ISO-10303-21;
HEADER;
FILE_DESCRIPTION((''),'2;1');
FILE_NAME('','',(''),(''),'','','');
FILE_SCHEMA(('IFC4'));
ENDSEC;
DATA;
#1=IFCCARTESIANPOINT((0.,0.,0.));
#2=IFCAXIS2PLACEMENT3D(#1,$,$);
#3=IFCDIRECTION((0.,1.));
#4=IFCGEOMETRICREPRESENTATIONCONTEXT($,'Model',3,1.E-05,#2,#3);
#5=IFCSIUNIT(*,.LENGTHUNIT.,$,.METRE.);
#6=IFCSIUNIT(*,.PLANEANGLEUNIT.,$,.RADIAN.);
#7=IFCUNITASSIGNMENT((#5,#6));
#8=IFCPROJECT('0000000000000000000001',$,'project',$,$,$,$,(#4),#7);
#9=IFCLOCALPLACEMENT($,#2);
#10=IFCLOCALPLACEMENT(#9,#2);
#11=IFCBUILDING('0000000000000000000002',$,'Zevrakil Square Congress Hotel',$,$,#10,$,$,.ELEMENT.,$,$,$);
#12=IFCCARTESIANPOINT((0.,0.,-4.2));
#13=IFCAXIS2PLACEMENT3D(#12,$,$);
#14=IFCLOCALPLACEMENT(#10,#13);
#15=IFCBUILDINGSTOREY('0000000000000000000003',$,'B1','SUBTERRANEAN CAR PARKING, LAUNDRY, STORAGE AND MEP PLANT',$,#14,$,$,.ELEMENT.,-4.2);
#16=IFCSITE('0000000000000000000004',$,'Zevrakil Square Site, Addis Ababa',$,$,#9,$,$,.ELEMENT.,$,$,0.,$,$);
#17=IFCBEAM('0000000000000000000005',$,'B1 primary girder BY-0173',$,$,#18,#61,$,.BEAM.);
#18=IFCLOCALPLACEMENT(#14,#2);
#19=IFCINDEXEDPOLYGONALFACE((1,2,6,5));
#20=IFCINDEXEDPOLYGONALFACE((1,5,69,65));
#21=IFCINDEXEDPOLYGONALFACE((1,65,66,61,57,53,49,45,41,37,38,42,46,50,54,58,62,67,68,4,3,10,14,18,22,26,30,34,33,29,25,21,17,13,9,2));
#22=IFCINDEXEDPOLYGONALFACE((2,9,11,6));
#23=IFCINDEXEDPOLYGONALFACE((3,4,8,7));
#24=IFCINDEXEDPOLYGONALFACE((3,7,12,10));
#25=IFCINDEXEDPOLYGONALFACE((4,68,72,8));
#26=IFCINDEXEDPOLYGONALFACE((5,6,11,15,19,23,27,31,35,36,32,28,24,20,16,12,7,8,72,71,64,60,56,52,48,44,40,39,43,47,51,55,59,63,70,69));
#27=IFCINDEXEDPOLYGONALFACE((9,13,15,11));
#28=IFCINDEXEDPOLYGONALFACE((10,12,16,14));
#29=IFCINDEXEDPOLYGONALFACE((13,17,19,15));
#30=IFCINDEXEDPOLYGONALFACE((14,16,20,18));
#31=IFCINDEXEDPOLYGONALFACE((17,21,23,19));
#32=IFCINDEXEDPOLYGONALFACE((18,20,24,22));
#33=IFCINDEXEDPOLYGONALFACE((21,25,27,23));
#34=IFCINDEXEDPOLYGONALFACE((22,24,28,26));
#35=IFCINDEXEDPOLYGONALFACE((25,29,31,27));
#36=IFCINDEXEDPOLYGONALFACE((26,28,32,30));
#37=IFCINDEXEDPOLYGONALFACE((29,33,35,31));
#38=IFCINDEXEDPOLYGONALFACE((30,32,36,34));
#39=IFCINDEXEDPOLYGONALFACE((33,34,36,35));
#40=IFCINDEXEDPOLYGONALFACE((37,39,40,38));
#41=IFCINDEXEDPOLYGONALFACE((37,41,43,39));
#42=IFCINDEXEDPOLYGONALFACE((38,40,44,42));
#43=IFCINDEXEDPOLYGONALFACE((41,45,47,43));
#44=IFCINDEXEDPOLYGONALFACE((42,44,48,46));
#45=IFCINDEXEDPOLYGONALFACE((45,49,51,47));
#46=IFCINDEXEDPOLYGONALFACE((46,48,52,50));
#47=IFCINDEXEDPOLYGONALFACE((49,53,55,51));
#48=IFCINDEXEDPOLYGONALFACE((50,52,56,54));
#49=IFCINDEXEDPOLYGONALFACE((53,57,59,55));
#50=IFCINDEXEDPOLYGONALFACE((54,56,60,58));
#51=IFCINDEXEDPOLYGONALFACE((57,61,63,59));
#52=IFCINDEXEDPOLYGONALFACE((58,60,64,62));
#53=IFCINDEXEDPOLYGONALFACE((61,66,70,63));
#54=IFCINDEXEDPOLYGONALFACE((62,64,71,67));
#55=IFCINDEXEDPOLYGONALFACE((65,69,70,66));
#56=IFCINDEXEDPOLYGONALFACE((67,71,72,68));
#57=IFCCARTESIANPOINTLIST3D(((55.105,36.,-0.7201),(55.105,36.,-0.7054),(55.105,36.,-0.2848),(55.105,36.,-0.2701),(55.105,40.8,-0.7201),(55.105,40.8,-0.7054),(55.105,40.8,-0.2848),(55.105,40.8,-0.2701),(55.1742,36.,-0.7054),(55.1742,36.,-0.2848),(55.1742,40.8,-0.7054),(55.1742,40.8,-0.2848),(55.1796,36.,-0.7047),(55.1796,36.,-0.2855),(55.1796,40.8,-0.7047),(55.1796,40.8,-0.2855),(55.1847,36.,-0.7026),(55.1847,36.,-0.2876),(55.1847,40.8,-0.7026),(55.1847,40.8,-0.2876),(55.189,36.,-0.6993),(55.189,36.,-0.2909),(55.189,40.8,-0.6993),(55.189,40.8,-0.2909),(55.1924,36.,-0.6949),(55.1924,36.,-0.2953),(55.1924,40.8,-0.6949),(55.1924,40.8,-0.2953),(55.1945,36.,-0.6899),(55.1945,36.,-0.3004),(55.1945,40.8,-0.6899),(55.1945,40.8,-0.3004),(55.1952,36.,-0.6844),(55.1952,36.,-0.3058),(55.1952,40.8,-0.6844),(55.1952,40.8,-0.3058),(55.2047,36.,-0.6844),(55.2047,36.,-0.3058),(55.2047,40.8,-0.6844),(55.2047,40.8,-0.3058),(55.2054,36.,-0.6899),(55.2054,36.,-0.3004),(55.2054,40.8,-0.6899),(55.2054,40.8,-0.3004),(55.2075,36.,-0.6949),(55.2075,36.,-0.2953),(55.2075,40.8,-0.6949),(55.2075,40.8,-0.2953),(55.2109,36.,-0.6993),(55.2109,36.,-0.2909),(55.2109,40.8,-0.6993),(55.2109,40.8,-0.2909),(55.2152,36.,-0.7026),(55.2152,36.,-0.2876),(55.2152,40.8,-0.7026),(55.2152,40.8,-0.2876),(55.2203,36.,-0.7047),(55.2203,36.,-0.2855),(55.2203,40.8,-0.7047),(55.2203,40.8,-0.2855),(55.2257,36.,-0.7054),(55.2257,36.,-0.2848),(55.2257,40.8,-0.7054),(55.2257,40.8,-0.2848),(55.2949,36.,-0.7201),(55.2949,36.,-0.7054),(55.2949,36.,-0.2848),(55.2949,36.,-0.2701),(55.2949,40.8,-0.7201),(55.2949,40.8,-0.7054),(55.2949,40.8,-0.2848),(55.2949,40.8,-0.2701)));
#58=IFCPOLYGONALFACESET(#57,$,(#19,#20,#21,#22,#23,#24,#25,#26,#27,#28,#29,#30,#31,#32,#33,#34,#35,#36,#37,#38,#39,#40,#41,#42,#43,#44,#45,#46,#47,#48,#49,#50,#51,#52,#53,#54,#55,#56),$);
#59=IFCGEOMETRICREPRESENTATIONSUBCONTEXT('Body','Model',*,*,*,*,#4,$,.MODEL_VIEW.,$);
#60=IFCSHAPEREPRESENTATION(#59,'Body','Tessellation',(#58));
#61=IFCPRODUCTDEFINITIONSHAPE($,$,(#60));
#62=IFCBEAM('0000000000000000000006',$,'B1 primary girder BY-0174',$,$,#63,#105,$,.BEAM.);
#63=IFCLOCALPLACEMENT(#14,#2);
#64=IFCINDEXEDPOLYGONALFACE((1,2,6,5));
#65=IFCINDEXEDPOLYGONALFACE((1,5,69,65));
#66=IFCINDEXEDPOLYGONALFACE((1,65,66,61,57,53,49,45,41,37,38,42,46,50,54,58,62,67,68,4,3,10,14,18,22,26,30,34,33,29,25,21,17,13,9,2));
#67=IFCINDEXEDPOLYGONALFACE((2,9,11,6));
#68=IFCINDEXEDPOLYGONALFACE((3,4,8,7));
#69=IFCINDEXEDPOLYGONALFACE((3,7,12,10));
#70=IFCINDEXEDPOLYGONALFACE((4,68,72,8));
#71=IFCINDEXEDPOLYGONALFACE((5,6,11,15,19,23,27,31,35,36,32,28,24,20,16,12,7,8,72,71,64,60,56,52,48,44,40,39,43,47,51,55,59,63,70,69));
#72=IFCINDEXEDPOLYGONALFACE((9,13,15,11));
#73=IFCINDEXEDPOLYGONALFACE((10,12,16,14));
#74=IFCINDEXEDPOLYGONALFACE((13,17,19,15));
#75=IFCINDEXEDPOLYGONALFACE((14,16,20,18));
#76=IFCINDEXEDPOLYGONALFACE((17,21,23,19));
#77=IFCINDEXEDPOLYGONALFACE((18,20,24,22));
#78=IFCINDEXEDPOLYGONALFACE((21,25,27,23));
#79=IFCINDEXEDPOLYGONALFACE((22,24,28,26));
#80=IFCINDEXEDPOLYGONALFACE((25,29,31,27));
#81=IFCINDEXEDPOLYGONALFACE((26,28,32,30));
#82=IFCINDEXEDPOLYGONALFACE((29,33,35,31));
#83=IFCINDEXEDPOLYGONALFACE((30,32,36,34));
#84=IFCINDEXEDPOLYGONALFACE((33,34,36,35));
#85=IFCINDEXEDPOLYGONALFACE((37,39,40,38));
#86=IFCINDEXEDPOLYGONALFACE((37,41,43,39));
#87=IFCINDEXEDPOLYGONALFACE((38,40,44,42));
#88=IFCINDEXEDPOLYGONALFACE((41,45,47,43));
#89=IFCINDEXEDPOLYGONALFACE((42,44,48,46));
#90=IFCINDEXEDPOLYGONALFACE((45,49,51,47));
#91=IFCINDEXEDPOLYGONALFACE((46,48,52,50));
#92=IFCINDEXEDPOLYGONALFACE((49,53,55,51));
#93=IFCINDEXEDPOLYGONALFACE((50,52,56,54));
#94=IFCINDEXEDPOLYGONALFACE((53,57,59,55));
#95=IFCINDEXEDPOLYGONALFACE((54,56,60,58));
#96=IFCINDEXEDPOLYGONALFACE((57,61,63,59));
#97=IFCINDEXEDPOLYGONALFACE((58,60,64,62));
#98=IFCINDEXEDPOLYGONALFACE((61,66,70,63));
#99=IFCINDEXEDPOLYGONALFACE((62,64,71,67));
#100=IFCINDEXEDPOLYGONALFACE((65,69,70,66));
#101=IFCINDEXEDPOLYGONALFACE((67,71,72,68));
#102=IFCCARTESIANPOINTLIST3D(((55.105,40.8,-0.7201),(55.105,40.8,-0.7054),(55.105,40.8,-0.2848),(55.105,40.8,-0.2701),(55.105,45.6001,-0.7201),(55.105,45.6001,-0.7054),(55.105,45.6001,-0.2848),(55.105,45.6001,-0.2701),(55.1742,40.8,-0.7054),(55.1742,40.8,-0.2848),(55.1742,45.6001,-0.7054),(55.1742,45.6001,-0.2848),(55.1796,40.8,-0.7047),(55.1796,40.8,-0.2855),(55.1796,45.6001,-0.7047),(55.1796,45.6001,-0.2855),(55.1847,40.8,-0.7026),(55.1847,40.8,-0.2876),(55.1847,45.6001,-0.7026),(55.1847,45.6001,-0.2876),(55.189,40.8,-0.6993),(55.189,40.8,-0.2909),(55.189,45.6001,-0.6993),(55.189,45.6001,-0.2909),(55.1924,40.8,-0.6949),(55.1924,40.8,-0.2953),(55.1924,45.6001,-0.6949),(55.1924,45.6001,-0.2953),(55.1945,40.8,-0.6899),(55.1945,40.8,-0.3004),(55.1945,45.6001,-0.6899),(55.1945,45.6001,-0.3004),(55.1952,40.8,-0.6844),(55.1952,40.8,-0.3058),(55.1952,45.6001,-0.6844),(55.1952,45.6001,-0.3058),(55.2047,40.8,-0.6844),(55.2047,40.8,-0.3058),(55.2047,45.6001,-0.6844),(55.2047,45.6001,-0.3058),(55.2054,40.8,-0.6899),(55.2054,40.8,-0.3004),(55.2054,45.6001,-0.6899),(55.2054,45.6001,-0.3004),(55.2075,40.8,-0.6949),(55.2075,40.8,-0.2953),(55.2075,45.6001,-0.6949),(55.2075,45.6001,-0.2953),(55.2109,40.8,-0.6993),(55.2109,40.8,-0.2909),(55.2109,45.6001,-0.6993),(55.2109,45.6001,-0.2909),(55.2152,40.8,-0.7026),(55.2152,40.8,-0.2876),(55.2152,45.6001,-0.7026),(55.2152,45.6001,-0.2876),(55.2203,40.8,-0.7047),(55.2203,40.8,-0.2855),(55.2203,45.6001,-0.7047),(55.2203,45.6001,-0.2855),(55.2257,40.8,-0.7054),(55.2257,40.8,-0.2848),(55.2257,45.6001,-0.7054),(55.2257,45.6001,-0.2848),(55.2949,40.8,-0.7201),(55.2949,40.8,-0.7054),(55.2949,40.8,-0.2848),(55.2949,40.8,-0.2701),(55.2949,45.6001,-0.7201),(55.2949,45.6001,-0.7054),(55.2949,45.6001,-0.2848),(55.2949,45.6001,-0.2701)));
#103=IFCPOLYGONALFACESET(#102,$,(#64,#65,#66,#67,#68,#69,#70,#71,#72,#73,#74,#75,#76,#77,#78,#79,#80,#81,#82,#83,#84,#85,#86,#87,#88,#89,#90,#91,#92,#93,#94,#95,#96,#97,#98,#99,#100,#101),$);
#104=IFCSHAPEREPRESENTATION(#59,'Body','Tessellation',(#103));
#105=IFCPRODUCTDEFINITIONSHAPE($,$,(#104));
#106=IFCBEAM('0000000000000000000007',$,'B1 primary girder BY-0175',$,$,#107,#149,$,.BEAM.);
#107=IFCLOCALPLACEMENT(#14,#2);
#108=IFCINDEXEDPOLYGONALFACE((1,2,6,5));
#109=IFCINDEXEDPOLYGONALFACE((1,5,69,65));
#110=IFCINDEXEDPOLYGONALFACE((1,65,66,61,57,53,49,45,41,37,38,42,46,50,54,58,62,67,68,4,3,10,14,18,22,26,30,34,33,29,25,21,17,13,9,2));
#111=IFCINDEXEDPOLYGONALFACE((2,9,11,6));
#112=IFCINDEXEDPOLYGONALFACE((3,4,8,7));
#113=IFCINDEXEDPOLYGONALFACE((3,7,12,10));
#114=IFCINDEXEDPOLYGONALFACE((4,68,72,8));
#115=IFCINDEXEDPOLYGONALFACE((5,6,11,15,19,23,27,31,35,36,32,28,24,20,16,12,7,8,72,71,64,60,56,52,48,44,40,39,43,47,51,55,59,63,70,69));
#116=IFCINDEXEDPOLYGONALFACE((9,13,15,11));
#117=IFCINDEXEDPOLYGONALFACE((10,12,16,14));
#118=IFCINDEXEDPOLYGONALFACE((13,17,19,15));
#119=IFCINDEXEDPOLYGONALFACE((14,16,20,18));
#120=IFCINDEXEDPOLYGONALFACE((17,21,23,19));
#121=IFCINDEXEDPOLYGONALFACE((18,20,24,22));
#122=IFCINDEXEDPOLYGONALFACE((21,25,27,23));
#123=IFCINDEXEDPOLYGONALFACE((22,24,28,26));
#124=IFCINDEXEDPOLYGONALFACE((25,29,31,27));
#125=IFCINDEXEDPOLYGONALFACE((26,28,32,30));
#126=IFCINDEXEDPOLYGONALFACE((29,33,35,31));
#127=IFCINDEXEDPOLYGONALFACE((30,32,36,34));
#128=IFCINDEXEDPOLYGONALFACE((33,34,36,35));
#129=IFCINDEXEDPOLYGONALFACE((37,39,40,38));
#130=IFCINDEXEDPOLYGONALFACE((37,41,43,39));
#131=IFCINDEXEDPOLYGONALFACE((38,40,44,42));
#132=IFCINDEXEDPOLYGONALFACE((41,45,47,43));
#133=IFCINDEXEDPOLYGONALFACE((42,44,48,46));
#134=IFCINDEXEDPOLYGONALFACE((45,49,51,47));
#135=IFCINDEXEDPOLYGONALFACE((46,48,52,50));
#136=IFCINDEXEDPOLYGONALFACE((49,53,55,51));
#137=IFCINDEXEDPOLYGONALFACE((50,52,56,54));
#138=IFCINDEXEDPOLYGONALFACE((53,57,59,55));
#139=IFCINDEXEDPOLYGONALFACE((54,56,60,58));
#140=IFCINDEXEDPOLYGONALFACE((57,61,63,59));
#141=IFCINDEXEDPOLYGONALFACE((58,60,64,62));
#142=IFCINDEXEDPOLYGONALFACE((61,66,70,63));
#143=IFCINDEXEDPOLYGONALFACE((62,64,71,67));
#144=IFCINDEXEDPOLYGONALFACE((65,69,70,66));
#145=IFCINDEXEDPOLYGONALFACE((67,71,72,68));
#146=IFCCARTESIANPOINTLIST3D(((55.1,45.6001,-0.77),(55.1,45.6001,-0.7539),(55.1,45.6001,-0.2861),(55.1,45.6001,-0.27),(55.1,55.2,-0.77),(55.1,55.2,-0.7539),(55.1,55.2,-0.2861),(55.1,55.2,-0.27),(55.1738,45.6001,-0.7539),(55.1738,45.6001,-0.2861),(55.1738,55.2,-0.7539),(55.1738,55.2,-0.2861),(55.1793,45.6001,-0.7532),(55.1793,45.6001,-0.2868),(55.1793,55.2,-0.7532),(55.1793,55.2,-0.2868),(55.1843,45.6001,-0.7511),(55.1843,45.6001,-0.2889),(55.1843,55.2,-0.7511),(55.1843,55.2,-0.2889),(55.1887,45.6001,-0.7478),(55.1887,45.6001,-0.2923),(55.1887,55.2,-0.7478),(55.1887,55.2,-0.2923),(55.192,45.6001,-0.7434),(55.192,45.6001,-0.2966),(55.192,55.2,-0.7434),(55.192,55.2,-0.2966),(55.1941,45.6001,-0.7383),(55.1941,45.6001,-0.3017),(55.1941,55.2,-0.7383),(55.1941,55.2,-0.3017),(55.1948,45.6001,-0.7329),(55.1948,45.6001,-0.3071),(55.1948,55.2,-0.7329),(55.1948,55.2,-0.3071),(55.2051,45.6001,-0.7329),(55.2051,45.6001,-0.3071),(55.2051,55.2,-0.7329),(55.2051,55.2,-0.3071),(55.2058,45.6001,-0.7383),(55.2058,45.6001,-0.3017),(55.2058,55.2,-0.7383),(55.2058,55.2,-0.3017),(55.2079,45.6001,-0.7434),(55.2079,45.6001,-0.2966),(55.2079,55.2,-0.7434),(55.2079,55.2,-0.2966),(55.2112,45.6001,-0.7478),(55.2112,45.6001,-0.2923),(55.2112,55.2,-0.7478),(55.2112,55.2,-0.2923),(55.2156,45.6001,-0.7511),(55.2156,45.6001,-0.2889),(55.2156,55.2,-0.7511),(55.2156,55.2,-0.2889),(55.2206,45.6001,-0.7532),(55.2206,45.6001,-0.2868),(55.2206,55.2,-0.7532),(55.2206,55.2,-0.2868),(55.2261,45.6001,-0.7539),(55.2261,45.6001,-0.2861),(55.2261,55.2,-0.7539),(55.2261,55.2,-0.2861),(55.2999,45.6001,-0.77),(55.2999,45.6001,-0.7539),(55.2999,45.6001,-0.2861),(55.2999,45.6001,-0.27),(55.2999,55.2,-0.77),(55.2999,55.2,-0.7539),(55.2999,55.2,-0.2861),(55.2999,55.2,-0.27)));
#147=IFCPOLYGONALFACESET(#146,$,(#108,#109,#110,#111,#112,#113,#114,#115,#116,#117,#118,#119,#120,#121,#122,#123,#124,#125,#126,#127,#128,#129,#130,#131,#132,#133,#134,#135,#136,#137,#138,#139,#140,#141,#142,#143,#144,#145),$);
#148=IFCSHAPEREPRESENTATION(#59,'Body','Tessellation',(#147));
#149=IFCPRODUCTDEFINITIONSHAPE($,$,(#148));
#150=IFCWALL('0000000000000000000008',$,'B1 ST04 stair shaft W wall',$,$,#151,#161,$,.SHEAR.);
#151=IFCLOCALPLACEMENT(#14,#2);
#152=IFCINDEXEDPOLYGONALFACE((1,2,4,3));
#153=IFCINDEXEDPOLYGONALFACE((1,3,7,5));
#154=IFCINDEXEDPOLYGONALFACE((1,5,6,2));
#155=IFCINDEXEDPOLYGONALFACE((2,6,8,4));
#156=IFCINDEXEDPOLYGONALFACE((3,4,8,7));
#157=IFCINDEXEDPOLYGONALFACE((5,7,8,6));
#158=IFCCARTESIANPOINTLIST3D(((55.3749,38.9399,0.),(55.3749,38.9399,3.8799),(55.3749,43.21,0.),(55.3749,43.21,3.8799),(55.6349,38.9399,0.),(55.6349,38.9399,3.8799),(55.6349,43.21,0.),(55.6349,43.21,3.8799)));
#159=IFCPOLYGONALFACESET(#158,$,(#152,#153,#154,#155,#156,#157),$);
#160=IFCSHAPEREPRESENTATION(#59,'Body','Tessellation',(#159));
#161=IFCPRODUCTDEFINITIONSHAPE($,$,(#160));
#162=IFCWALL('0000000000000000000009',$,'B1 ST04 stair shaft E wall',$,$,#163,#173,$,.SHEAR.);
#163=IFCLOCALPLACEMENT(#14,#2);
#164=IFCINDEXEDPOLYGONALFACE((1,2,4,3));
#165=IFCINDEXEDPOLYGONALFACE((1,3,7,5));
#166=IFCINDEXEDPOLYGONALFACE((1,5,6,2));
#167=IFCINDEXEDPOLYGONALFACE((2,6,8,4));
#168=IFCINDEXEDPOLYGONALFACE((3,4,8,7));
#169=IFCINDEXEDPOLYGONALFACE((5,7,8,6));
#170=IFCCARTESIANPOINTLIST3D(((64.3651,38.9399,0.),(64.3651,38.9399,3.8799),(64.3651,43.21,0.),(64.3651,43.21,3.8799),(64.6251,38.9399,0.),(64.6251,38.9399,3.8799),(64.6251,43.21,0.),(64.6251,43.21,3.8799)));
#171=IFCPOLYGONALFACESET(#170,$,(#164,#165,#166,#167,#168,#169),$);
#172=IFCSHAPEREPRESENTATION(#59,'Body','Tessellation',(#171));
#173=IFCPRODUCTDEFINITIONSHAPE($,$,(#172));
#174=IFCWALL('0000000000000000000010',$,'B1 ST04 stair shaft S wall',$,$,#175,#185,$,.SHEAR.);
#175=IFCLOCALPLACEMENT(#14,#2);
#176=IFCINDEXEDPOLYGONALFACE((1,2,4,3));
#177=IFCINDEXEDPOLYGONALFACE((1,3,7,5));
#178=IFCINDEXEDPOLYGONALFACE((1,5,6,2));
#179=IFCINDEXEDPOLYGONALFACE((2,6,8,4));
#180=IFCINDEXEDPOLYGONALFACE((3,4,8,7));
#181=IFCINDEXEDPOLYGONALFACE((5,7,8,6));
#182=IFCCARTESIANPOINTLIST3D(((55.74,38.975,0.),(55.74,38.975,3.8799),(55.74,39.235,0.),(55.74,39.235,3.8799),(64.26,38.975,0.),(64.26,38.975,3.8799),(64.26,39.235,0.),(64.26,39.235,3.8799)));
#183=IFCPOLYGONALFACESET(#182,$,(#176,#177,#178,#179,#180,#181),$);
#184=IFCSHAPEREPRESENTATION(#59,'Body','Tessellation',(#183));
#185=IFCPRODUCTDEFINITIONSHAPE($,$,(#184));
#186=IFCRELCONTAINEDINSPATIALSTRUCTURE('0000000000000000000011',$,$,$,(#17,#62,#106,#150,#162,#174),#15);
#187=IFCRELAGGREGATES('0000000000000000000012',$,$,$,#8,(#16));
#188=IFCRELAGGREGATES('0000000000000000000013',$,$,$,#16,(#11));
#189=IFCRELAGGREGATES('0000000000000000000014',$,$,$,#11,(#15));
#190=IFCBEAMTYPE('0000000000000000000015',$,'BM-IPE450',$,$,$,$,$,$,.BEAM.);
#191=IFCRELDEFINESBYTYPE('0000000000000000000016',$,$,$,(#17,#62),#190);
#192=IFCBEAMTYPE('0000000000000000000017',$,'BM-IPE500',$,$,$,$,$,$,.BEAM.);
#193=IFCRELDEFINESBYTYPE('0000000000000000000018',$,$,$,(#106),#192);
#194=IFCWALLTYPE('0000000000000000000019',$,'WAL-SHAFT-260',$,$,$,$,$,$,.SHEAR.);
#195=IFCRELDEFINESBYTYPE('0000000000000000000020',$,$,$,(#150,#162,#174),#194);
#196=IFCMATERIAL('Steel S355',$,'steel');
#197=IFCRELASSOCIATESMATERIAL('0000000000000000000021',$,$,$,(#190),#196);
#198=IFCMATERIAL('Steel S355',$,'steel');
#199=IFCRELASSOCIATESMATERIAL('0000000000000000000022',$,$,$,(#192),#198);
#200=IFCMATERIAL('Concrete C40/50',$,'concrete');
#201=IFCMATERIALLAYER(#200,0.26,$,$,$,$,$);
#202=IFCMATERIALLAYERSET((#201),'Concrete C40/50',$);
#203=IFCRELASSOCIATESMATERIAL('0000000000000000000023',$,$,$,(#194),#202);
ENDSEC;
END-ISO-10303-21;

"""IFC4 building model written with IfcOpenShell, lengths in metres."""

from ifc_helpers import new_model, si_unit, direction, frame, frame_2d, origin, origin_2d, place, context, subcontext, project, spatial, rectangle, i_section, extrude, material, layer, layer_set, material_profile, profile_set, type_object, element, save


model = new_model("IFC4")

# Units and contexts
model_context = context("Model", 3, precision=1e-05, world=origin(), true_north=direction((0.0, 1.0)))
body_context = subcontext(model_context, "Body", "Model", "MODEL_VIEW")
ifc_project = project(units=[si_unit("LENGTHUNIT", "METRE"), si_unit("PLANEANGLEUNIT", "RADIAN")], contexts=[model_context])

# Site, building, storey
site_placement = place(None, origin())
site = spatial("IfcSite", under=ifc_project, at=site_placement, Name="Zevrakil Square Site, Addis Ababa", CompositionType="ELEMENT", RefElevation=0.0)
building_placement = place(site_placement, origin())
building = spatial("IfcBuilding", under=site, at=building_placement, Name="Zevrakil Square Congress Hotel", CompositionType="ELEMENT")
storey_placement = place(building_placement, frame((0.0, 0.0, -4.2)))
storey = spatial("IfcBuildingStorey", under=building, at=storey_placement, Name="B1", Description="SUBTERRANEAN CAR PARKING, LAUNDRY, STORAGE AND MEP PLANT", CompositionType="ELEMENT", Elevation=-4.2)

# Beams
ifc_material_1 = material(Name="Steel S355", Category="steel")
ifc_material_profile_1 = material_profile(ifc_material_1, i_section(OverallWidth=0.1899, OverallDepth=0.45, WebThickness=0.0095, FlangeThickness=0.0146, FilletRadius=0.021, at=origin_2d()), Name="IPE 450")
ifc_profile_set_1 = profile_set([ifc_material_profile_1], Name="Steel S355")
beam_type_1 = type_object("IfcBeamType", Name="BM-IPE450", PredefinedType="BEAM", material=ifc_profile_set_1)
for number, where, z_axis, x_axis, name in (
    (1, (55.2, 36.0, -0.4951), (0.0, 1.0, 0.0), (-1.0, 0.0, 0.0), "B1 primary girder BY-0173"),
    (2, (55.2, 40.8, -0.4951), (0.0, 1.0, 0.0), (-1.0, 0.0, 0.0), "B1 primary girder BY-0174"),
):
    element("IfcBeam", number, at=place(storey_placement, frame(where, z_axis=z_axis, x_axis=x_axis)), inside=storey, type_object=beam_type_1, Name=name, PredefinedType="BEAM", context=body_context, shape_type="SweptSolid", body=[
        extrude(i_section(OverallWidth=0.1899, OverallDepth=0.45, WebThickness=0.0095, FlangeThickness=0.0146, FilletRadius=0.021, at=origin_2d()), origin(), (0.0, 0.0, 1.0), 4.8),
    ])
ifc_material_2 = material(Name="Steel S355", Category="steel")
ifc_material_profile_2 = material_profile(ifc_material_2, i_section(OverallWidth=0.2, OverallDepth=0.5, WebThickness=0.0103, FlangeThickness=0.0161, FilletRadius=0.021, at=origin_2d()), Name="IPE 500")
ifc_profile_set_2 = profile_set([ifc_material_profile_2], Name="Steel S355")
beam_type_2 = type_object("IfcBeamType", Name="BM-IPE500", PredefinedType="BEAM", material=ifc_profile_set_2)
beam_placement = place(storey_placement, frame((55.2, 45.6001, -0.52), z_axis=(0.0, 1.0, 0.0), x_axis=(-1.0, 0.0, 0.0)))
element("IfcBeam", 3, at=beam_placement, inside=storey, type_object=beam_type_2, Name="B1 primary girder BY-0175", PredefinedType="BEAM", context=body_context, shape_type="SweptSolid", body=[
    extrude(i_section(OverallWidth=0.2, OverallDepth=0.5, WebThickness=0.0103, FlangeThickness=0.0161, FilletRadius=0.021, at=origin_2d()), origin(), (0.0, 0.0, 1.0), 9.5999),
])

# Walls
ifc_material_3 = material(Name="Concrete C40/50", Category="concrete")
ifc_layer_1 = layer(ifc_material_3, 0.26)
ifc_layer_set_1 = layer_set([ifc_layer_1], Name="Concrete C40/50")
wall_type = type_object("IfcWallType", Name="WAL-SHAFT-260", PredefinedType="SHEAR", material=ifc_layer_set_1)
for number, where, z_axis, x_axis, name in (
    (4, (55.5049, 38.9399, 0.0), (0.0, 0.0, 1.0), (0.0, 1.0, 0.0), "B1 ST04 stair shaft W wall"),
    (5, (64.4951, 38.9399, 0.0), (0.0, 0.0, 1.0), (0.0, 1.0, 0.0), "B1 ST04 stair shaft E wall"),
):
    element("IfcWall", number, at=place(storey_placement, frame(where, z_axis=z_axis, x_axis=x_axis)), inside=storey, type_object=wall_type, Name=name, PredefinedType="SHEAR", context=body_context, shape_type="SweptSolid", body=[
        extrude(rectangle(XDim=4.27, YDim=0.26, at=frame_2d((2.135, 0.0))), origin(), (0.0, 0.0, 1.0), 3.8799),
    ])
wall_1_placement = place(storey_placement, frame((55.74, 39.105, 0.0), z_axis=(0.0, 0.0, 1.0), x_axis=(1.0, 0.0, 0.0)))
element("IfcWall", 6, at=wall_1_placement, inside=storey, type_object=wall_type, Name="B1 ST04 stair shaft S wall", PredefinedType="SHEAR", context=body_context, shape_type="SweptSolid", body=[
    extrude(rectangle(XDim=8.52, YDim=0.26, at=frame_2d((4.26, 0.0))), origin(), (0.0, 0.0, 1.0), 3.8799),
])

save(model, "model.ifc")
